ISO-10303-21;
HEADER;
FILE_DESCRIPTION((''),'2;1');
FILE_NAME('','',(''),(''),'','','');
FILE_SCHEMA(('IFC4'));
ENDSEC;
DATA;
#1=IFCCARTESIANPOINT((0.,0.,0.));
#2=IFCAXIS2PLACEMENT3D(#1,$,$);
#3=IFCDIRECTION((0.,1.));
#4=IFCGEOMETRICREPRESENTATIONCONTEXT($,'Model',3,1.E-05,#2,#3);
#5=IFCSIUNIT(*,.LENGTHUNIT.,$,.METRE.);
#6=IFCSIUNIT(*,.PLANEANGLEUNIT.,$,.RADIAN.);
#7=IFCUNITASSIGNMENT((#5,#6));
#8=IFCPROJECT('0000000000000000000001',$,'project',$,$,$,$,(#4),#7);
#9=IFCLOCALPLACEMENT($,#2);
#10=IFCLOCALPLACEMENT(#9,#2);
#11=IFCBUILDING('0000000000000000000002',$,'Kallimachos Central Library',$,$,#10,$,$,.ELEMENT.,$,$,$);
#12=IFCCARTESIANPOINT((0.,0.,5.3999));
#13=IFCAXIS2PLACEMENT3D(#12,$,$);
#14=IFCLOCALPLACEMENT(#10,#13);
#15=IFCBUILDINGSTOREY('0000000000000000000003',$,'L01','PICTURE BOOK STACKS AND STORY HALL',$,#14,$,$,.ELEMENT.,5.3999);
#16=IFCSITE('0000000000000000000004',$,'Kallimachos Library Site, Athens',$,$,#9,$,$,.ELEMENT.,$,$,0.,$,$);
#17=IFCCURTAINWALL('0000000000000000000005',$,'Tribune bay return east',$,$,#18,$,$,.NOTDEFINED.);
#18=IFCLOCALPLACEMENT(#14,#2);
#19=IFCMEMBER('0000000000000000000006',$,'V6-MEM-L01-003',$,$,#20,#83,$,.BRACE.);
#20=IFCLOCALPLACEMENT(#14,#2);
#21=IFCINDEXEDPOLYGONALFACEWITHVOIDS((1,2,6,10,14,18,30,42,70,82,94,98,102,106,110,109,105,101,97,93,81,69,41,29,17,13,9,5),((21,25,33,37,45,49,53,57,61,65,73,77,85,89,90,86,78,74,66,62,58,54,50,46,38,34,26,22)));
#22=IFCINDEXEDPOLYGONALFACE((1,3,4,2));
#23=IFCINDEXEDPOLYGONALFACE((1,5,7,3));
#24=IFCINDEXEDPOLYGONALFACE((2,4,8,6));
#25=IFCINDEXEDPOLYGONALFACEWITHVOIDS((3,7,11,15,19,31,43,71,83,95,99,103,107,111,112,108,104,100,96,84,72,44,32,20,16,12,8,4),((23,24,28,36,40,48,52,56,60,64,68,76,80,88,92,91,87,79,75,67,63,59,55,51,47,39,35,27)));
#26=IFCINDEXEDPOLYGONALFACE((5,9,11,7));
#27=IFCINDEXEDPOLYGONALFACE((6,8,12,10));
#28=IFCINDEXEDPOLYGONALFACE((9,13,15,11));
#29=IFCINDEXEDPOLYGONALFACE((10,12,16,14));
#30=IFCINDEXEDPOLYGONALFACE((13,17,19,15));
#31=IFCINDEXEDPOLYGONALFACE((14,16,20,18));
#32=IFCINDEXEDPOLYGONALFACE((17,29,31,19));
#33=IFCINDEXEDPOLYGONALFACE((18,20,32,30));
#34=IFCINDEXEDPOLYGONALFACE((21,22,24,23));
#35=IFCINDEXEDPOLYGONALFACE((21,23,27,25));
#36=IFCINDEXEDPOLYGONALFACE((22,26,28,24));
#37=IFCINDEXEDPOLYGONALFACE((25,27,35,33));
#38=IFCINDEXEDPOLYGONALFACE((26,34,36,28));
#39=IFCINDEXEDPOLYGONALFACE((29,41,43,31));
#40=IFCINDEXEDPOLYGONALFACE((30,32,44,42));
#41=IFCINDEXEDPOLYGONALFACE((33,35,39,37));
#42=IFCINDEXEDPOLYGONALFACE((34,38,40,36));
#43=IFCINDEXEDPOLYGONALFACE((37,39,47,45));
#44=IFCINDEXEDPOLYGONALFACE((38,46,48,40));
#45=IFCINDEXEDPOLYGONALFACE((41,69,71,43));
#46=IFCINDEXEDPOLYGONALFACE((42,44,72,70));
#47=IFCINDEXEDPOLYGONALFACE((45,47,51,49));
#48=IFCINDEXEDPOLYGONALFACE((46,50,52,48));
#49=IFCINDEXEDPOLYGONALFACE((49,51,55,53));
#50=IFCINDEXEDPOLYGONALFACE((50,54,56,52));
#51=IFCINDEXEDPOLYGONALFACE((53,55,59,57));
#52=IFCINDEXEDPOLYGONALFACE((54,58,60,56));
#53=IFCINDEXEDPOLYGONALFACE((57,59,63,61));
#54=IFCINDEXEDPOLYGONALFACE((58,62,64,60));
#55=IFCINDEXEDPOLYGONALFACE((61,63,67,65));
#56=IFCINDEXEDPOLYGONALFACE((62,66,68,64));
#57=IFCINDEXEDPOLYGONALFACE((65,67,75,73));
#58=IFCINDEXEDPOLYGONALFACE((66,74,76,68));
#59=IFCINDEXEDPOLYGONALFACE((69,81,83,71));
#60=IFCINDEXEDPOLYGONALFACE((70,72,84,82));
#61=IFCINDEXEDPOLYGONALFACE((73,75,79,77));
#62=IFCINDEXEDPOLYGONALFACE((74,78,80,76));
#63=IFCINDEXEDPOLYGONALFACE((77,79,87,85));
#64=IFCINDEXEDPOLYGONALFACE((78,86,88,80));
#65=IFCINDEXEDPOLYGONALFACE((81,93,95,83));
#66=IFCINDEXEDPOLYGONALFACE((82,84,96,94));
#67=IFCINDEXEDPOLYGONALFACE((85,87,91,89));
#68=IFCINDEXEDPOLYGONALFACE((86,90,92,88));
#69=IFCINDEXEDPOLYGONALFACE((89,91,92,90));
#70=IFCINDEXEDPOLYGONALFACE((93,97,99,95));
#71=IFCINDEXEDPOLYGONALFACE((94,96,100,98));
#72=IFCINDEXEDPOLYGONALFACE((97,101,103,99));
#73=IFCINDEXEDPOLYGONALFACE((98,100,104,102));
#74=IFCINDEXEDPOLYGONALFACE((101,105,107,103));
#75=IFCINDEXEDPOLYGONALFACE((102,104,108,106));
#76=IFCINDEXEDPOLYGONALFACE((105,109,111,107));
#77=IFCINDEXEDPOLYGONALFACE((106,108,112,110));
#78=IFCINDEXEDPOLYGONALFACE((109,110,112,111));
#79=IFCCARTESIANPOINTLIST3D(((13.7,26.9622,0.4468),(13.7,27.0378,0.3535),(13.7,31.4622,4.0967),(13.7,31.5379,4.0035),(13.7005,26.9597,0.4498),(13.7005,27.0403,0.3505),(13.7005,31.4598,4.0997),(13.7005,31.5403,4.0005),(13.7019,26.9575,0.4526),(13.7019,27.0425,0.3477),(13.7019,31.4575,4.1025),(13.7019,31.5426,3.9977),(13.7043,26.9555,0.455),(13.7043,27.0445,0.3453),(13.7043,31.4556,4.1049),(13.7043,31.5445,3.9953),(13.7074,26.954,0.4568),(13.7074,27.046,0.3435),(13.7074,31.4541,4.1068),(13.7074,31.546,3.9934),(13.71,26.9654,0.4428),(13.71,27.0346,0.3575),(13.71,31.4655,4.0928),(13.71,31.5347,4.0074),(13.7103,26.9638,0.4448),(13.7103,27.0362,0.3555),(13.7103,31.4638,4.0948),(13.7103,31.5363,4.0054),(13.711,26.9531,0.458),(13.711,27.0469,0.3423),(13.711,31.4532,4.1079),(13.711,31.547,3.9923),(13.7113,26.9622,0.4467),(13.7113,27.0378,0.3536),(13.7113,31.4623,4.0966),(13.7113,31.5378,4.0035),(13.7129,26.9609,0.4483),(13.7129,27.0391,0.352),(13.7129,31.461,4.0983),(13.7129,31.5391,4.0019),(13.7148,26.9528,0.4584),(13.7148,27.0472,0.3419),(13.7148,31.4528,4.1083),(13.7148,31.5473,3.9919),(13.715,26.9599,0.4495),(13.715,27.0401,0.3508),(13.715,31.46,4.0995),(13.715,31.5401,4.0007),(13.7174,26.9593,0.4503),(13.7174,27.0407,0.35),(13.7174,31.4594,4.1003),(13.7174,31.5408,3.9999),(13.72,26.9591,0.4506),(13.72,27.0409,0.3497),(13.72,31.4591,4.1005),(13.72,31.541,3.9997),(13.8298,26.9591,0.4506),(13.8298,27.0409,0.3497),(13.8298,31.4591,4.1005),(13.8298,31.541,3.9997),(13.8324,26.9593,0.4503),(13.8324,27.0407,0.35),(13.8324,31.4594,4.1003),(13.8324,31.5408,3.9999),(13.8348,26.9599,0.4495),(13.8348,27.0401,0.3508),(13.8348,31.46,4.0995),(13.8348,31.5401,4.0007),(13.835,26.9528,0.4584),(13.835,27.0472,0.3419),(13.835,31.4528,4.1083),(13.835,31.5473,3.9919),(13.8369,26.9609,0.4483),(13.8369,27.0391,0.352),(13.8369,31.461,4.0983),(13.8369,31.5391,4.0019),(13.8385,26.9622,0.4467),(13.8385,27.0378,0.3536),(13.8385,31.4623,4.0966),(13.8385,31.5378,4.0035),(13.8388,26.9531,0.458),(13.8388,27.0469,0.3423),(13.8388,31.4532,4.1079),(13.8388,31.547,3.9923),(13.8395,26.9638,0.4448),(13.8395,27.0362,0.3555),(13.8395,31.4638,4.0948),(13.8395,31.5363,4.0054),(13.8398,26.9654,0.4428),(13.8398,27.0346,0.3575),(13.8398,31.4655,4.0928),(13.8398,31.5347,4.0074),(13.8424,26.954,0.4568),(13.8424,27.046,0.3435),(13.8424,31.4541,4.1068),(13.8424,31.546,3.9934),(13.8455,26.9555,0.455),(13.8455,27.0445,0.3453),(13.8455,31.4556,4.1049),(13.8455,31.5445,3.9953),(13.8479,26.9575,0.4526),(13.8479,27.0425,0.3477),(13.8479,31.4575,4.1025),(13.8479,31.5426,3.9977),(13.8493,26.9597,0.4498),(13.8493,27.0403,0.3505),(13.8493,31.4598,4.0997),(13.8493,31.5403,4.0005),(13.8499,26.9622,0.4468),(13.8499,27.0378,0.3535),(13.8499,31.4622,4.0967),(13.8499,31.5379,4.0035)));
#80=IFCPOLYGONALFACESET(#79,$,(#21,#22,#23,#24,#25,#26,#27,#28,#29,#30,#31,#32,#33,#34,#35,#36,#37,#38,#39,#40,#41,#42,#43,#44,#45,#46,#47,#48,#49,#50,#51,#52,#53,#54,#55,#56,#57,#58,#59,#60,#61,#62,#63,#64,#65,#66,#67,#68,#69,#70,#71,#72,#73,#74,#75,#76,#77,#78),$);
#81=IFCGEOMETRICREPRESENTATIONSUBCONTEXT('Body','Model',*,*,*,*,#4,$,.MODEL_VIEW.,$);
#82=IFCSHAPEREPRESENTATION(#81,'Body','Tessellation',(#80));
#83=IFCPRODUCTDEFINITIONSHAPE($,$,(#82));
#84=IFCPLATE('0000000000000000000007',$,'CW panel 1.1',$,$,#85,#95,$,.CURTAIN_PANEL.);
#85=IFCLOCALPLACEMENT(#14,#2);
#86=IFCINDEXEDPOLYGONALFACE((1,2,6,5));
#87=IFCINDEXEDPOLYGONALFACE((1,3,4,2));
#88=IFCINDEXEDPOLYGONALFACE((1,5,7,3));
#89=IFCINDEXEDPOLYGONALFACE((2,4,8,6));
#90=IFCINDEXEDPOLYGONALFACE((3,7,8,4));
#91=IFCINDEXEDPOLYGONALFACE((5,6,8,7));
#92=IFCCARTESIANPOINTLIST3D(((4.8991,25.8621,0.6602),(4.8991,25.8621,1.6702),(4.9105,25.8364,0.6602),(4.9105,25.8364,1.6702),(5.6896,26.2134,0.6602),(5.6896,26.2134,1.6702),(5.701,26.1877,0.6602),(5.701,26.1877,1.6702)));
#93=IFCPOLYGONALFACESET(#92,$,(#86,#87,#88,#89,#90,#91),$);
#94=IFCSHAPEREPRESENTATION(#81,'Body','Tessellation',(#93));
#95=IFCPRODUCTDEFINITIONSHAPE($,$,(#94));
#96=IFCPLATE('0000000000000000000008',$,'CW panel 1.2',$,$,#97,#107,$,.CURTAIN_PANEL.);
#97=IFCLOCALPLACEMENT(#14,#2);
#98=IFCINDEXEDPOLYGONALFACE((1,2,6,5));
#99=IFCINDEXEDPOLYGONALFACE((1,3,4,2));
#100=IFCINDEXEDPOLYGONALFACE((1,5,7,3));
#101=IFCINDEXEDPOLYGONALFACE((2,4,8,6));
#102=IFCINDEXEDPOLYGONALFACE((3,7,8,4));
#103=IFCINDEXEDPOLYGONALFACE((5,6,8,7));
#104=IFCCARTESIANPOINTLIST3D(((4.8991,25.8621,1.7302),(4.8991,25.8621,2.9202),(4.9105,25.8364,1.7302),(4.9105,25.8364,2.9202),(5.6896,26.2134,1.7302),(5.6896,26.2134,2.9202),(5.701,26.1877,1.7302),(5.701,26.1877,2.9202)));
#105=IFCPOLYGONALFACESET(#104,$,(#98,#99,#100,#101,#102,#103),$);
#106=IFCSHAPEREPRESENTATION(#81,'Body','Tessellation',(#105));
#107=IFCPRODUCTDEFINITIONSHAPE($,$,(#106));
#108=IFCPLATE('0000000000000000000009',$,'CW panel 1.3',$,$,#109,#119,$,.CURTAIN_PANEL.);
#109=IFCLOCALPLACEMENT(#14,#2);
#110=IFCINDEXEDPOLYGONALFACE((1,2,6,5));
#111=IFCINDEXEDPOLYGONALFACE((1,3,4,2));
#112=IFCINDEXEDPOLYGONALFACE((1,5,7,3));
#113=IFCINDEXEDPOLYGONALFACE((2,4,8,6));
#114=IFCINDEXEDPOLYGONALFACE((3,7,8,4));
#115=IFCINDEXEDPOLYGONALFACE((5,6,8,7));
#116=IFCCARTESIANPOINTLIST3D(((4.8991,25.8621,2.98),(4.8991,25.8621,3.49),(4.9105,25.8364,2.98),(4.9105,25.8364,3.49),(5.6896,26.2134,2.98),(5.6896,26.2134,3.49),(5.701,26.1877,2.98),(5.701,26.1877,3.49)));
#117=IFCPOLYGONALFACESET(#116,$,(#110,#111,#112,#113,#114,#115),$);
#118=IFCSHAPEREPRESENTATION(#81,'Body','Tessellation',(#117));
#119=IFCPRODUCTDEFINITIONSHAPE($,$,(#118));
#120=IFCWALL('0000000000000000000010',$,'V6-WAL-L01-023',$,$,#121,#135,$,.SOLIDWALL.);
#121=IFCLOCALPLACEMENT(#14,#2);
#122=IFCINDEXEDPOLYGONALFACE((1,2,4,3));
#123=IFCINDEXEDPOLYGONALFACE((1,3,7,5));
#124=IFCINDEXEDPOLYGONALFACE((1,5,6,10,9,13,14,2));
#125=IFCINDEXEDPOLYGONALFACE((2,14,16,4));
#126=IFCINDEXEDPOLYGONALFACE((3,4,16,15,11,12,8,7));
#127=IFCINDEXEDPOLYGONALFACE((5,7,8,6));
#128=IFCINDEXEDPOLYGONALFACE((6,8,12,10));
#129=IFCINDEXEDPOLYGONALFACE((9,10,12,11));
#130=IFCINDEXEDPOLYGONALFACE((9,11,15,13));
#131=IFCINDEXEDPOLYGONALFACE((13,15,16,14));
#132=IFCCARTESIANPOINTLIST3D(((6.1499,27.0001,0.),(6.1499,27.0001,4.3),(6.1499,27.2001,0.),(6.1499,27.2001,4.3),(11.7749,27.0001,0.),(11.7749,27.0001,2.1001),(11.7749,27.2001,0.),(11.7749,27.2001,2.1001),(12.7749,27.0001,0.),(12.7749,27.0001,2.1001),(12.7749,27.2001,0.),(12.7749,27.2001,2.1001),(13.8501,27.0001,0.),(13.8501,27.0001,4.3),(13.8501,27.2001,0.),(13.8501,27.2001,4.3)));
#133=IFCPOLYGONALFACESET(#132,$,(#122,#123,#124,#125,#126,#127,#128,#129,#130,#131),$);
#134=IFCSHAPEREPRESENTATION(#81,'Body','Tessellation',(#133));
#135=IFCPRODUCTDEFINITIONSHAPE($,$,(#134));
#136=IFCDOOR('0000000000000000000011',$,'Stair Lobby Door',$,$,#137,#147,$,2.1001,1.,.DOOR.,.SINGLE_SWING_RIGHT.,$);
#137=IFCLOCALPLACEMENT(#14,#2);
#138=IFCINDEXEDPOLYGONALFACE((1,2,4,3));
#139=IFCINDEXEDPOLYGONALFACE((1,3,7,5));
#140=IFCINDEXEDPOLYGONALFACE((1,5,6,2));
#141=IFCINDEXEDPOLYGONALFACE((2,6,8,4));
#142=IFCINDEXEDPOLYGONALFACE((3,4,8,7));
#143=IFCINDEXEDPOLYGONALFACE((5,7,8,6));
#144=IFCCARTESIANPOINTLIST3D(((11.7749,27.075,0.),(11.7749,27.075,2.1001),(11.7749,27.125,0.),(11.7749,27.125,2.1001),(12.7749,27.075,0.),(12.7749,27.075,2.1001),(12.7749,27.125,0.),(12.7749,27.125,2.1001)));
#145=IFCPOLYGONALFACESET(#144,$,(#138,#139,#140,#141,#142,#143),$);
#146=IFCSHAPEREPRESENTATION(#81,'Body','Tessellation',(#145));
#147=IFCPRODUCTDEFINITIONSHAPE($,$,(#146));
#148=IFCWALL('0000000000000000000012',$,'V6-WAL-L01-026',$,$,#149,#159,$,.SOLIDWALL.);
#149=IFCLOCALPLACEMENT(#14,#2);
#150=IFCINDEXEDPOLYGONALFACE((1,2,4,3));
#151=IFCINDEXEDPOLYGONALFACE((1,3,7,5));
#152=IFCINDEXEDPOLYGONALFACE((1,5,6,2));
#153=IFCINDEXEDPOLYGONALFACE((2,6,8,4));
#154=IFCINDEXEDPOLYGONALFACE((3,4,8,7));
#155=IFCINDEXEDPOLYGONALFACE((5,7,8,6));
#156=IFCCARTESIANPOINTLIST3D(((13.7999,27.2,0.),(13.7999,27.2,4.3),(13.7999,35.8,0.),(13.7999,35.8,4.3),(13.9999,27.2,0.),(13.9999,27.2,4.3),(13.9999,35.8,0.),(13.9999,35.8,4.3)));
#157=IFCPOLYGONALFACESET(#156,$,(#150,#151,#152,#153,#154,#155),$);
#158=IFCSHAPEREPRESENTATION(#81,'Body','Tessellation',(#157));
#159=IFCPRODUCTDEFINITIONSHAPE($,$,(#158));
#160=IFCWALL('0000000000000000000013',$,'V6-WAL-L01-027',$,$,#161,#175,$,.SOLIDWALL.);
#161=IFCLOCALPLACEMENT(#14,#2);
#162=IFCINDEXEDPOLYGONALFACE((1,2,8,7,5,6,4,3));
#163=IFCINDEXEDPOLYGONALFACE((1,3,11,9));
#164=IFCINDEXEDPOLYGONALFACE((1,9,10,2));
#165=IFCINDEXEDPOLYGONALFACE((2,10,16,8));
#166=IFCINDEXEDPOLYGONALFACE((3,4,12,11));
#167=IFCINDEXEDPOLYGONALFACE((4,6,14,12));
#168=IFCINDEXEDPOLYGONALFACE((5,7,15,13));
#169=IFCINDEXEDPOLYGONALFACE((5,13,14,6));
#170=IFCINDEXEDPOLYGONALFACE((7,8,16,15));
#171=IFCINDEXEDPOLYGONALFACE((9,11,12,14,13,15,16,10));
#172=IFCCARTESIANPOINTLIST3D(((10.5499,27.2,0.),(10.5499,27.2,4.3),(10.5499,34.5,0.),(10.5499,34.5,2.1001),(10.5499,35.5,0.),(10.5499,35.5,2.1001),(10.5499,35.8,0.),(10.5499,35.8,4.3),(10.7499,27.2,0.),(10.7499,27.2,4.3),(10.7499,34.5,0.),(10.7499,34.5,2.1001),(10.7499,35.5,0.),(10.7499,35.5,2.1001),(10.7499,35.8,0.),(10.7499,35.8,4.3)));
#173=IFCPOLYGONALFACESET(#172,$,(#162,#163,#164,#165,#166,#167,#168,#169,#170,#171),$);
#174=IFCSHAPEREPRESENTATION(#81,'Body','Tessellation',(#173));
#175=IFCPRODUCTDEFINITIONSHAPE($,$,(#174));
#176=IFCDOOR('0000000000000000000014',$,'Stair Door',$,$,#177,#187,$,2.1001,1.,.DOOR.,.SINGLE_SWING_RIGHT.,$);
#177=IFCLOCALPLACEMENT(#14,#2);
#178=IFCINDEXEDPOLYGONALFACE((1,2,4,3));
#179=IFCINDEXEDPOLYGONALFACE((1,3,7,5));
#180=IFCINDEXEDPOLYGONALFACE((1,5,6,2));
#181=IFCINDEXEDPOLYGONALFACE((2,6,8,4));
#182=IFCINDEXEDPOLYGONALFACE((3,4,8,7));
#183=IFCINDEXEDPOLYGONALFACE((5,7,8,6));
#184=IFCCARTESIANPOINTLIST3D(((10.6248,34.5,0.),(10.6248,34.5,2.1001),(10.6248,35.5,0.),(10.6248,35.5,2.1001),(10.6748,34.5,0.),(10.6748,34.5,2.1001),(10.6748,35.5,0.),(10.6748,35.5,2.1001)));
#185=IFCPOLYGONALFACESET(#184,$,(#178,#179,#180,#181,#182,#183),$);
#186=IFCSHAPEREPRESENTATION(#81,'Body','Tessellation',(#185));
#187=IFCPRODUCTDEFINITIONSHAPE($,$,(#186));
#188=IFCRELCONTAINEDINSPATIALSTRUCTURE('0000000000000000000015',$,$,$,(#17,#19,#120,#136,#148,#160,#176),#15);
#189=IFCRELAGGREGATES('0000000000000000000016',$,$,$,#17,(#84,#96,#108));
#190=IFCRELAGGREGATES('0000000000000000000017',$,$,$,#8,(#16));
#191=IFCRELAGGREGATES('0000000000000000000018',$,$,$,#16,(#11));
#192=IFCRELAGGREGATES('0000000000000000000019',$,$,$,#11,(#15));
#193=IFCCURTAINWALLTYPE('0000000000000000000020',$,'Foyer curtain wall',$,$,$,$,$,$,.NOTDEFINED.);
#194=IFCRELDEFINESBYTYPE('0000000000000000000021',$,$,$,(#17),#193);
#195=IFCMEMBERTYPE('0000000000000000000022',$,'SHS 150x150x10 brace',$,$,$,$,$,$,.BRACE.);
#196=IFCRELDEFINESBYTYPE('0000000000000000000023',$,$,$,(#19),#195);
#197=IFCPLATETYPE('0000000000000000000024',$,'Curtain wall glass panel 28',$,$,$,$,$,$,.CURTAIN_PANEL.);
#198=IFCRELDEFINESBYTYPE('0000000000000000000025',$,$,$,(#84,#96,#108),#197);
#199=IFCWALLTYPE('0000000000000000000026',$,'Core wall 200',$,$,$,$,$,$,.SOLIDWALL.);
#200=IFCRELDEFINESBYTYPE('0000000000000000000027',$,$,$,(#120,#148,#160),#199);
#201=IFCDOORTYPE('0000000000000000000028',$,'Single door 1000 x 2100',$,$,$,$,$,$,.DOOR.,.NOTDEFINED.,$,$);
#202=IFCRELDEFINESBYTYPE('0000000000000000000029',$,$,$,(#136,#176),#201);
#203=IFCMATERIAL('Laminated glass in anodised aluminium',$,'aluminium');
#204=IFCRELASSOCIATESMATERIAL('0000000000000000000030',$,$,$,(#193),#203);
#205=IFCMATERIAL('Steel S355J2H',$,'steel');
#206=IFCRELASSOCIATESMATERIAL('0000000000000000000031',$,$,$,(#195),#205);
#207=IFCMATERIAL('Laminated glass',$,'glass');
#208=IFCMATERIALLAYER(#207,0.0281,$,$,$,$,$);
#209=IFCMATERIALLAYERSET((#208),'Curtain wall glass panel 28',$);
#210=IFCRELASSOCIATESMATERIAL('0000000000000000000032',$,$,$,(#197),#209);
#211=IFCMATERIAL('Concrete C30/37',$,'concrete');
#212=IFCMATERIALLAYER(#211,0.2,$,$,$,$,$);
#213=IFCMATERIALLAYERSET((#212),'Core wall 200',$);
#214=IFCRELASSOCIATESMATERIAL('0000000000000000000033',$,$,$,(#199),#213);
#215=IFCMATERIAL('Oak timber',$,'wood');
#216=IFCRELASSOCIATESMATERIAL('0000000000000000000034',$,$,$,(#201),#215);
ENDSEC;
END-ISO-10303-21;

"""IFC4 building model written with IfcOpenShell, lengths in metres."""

from ifc_helpers import new_model, si_unit, direction, frame, frame_2d, origin, origin_2d, place, context, subcontext, project, spatial, rectangle, hollow_rectangle, extrude, material, layer, layer_set, material_profile, profile_set, type_object, element, fill, aggregate, save


model = new_model("IFC4")

# Units and contexts
model_context = context("Model", 3, precision=1e-05, world=origin(), true_north=direction((0.0, 1.0)))
body_context = subcontext(model_context, "Body", "Model", "MODEL_VIEW")
ifc_project = project(units=[si_unit("LENGTHUNIT", "METRE"), si_unit("PLANEANGLEUNIT", "RADIAN")], contexts=[model_context])

# Site, building, storey
site_placement = place(None, origin())
site = spatial("IfcSite", under=ifc_project, at=site_placement, Name="Kallimachos Library Site, Athens", CompositionType="ELEMENT", RefElevation=0.0)
building_placement = place(site_placement, origin())
building = spatial("IfcBuilding", under=site, at=building_placement, Name="Kallimachos Central Library", CompositionType="ELEMENT")
storey_placement = place(building_placement, frame((0.0, 0.0, 5.3999)))
storey = spatial("IfcBuildingStorey", under=building, at=storey_placement, Name="L01", Description="PICTURE BOOK STACKS AND STORY HALL", CompositionType="ELEMENT", Elevation=5.3999)

# Shared definitions
ifc_material_1 = material(Name="Laminated glass in anodised aluminium", Category="aluminium")
curtain_wall_type = type_object("IfcCurtainWallType", Name="Foyer curtain wall", PredefinedType="NOTDEFINED", material=ifc_material_1)

# Curtain wall
curtain_wall_1_placement = place(storey_placement, origin())
curtain_wall_1 = element("IfcCurtainWall", 1, at=curtain_wall_1_placement, inside=storey, type_object=curtain_wall_type, Name="Tribune bay return east", PredefinedType="NOTDEFINED")

# Member
ifc_material_2 = material(Name="Steel S355J2H", Category="steel")
ifc_material_profile_1 = material_profile(ifc_material_2, hollow_rectangle(XDim=0.1499, YDim=0.1499, WallThickness=0.01, InnerFilletRadius=0.01, OuterFilletRadius=0.0149, at=origin_2d()), Name="SHS 150x150x10")
ifc_profile_set_1 = profile_set([ifc_material_profile_1], Name="Steel S355J2H")
member_type_1 = type_object("IfcMemberType", Name="SHS 150x150x10 brace", PredefinedType="BRACE", material=ifc_profile_set_1)
member_1_placement = place(storey_placement, frame((13.7749, 27.0, 0.4001), z_axis=(0.0, 0.77665, 0.629932), x_axis=(-1.0, 0.0, 0.0)))
element("IfcMember", 2, at=member_1_placement, inside=storey, type_object=member_type_1, Name="V6-MEM-L01-003", PredefinedType="BRACE", context=body_context, shape_type="SweptSolid", body=[
    extrude(hollow_rectangle(XDim=0.1499, YDim=0.1499, WallThickness=0.01, InnerFilletRadius=0.01, OuterFilletRadius=0.0149, at=origin_2d()), origin(), (0.0, 0.0, 1.0), 5.7942),
])

# Plates
ifc_material_3 = material(Name="Laminated glass", Category="glass")
ifc_layer_1 = layer(ifc_material_3, 0.0281)
ifc_layer_set_1 = layer_set([ifc_layer_1], Name="Curtain wall glass panel 28")
plate_type = type_object("IfcPlateType", Name="Curtain wall glass panel 28", PredefinedType="CURTAIN_PANEL", material=ifc_layer_set_1)
plate_1_placement = place(storey_placement, frame((5.3, 26.0249, 0.6602), z_axis=(0.0, 0.0, 1.0), x_axis=(0.913812, 0.406138, 0.0)))
plate_1 = element("IfcPlate", 3, at=plate_1_placement, type_object=plate_type, Name="CW panel 1.1", PredefinedType="CURTAIN_PANEL", context=body_context, shape_type="SweptSolid", body=[
    extrude(rectangle(XDim=0.865, YDim=0.0281, at=origin_2d()), origin(), (0.0, 0.0, 1.0), 1.01),
])
plate_2_placement = place(storey_placement, frame((5.3, 26.0249, 1.7302), z_axis=(0.0, 0.0, 1.0), x_axis=(0.913812, 0.406138, 0.0)))
plate_2 = element("IfcPlate", 4, at=plate_2_placement, type_object=plate_type, Name="CW panel 1.2", PredefinedType="CURTAIN_PANEL", context=body_context, shape_type="SweptSolid", body=[
    extrude(rectangle(XDim=0.865, YDim=0.0281, at=origin_2d()), origin(), (0.0, 0.0, 1.0), 1.1899),
])
plate_3_placement = place(storey_placement, frame((5.3, 26.0249, 2.98), z_axis=(0.0, 0.0, 1.0), x_axis=(0.913812, 0.406138, 0.0)))
plate_3 = element("IfcPlate", 5, at=plate_3_placement, type_object=plate_type, Name="CW panel 1.3", PredefinedType="CURTAIN_PANEL", context=body_context, shape_type="SweptSolid", body=[
    extrude(rectangle(XDim=0.865, YDim=0.0281, at=origin_2d()), origin(), (0.0, 0.0, 1.0), 0.51),
])
aggregate(curtain_wall_1, [plate_1, plate_2, plate_3])

# Wall, opening, door
ifc_material_4 = material(Name="Concrete C30/37", Category="concrete")
ifc_layer_2 = layer(ifc_material_4, 0.2)
ifc_layer_set_2 = layer_set([ifc_layer_2], Name="Core wall 200")
wall_type_1 = type_object("IfcWallType", Name="Core wall 200", PredefinedType="SOLIDWALL", material=ifc_layer_set_2)
wall_1_placement = place(storey_placement, frame((6.1499, 27.1001, 0.0), z_axis=(0.0, 0.0, 1.0), x_axis=(1.0, 0.0, 0.0)))
wall_1 = element("IfcWall", 6, at=wall_1_placement, inside=storey, type_object=wall_type_1, Name="V6-WAL-L01-023", PredefinedType="SOLIDWALL", context=body_context, shape_type="SweptSolid", body=[
    extrude(rectangle(XDim=7.7002, YDim=0.2, at=frame_2d((3.8501, 0.0))), origin(), (0.0, 0.0, 1.0), 4.3),
])
opening_1_placement = place(wall_1_placement, frame((5.625, 0.0, 0.0)))
opening_1 = element("IfcOpeningElement", 7, at=opening_1_placement, cuts=wall_1, PredefinedType="OPENING", context=body_context, shape_type="SweptSolid", body=[
    extrude(rectangle(XDim=1.0, YDim=2.1001, at=frame_2d((0.5, 1.05))), frame((0.0, 0.1099, 0.0), z_axis=(0.0, -1.0, 0.0), x_axis=(1.0, 0.0, 0.0)), (0.0, 0.0, 1.0), 0.22),
])
ifc_material_5 = material(Name="Oak timber", Category="wood")
door_type = type_object("IfcDoorType", Name="Single door 1000 x 2100", OperationType="NOTDEFINED", PredefinedType="DOOR", material=ifc_material_5)
door_1_placement = place(opening_1_placement, origin())
door_1 = element("IfcDoor", 8, at=door_1_placement, inside=storey, type_object=door_type, Name="Stair Lobby Door", OperationType="SINGLE_SWING_RIGHT", OverallHeight=2.1001, OverallWidth=1.0, PredefinedType="DOOR", context=body_context, shape_type="SweptSolid", body=[
    extrude(rectangle(XDim=1.0, YDim=2.1001, at=frame_2d((0.5, 1.05))), frame((0.0, 0.0249, 0.0), z_axis=(0.0, -1.0, 0.0), x_axis=(1.0, 0.0, 0.0)), (0.0, 0.0, 1.0), 0.05),
])
fill(opening_1, door_1)

# Wall
wall_2_placement = place(storey_placement, frame((13.8999, 27.2, 0.0), z_axis=(0.0, 0.0, 1.0), x_axis=(0.0, 1.0, 0.0)))
element("IfcWall", 9, at=wall_2_placement, inside=storey, type_object=wall_type_1, Name="V6-WAL-L01-026", PredefinedType="SOLIDWALL", context=body_context, shape_type="SweptSolid", body=[
    extrude(rectangle(XDim=8.6001, YDim=0.2, at=frame_2d((4.3, 0.0))), origin(), (0.0, 0.0, 1.0), 4.3),
])

# Wall, opening, door
wall_3_placement = place(storey_placement, frame((10.6499, 27.2, 0.0), z_axis=(0.0, 0.0, 1.0), x_axis=(0.0, 1.0, 0.0)))
wall_3 = element("IfcWall", 10, at=wall_3_placement, inside=storey, type_object=wall_type_1, Name="V6-WAL-L01-027", PredefinedType="SOLIDWALL", context=body_context, shape_type="SweptSolid", body=[
    extrude(rectangle(XDim=8.6001, YDim=0.2, at=frame_2d((4.3, 0.0))), origin(), (0.0, 0.0, 1.0), 4.3),
])
opening_2_placement = place(wall_3_placement, frame((7.3, 0.0, 0.0)))
opening_2 = element("IfcOpeningElement", 11, at=opening_2_placement, cuts=wall_3, PredefinedType="OPENING", context=body_context, shape_type="SweptSolid", body=[
    extrude(rectangle(XDim=1.0, YDim=2.1001, at=frame_2d((0.5, 1.05))), frame((0.0, 0.1099, 0.0), z_axis=(0.0, -1.0, 0.0), x_axis=(1.0, 0.0, 0.0)), (0.0, 0.0, 1.0), 0.22),
])
door_2_placement = place(opening_2_placement, frame((1.0, 0.0, 0.0), z_axis=(0.0, 0.0, 1.0), x_axis=(-1.0, 0.0, 0.0)))
door_2 = element("IfcDoor", 12, at=door_2_placement, inside=storey, type_object=door_type, Name="Stair Door", OperationType="SINGLE_SWING_RIGHT", OverallHeight=2.1001, OverallWidth=1.0, PredefinedType="DOOR", context=body_context, shape_type="SweptSolid", body=[
    extrude(rectangle(XDim=1.0, YDim=2.1001, at=frame_2d((0.5, 1.05))), frame((0.0, 0.0249, 0.0), z_axis=(0.0, -1.0, 0.0), x_axis=(1.0, 0.0, 0.0)), (0.0, 0.0, 1.0), 0.05),
])
fill(opening_2, door_2)

save(model, "model.ifc")
